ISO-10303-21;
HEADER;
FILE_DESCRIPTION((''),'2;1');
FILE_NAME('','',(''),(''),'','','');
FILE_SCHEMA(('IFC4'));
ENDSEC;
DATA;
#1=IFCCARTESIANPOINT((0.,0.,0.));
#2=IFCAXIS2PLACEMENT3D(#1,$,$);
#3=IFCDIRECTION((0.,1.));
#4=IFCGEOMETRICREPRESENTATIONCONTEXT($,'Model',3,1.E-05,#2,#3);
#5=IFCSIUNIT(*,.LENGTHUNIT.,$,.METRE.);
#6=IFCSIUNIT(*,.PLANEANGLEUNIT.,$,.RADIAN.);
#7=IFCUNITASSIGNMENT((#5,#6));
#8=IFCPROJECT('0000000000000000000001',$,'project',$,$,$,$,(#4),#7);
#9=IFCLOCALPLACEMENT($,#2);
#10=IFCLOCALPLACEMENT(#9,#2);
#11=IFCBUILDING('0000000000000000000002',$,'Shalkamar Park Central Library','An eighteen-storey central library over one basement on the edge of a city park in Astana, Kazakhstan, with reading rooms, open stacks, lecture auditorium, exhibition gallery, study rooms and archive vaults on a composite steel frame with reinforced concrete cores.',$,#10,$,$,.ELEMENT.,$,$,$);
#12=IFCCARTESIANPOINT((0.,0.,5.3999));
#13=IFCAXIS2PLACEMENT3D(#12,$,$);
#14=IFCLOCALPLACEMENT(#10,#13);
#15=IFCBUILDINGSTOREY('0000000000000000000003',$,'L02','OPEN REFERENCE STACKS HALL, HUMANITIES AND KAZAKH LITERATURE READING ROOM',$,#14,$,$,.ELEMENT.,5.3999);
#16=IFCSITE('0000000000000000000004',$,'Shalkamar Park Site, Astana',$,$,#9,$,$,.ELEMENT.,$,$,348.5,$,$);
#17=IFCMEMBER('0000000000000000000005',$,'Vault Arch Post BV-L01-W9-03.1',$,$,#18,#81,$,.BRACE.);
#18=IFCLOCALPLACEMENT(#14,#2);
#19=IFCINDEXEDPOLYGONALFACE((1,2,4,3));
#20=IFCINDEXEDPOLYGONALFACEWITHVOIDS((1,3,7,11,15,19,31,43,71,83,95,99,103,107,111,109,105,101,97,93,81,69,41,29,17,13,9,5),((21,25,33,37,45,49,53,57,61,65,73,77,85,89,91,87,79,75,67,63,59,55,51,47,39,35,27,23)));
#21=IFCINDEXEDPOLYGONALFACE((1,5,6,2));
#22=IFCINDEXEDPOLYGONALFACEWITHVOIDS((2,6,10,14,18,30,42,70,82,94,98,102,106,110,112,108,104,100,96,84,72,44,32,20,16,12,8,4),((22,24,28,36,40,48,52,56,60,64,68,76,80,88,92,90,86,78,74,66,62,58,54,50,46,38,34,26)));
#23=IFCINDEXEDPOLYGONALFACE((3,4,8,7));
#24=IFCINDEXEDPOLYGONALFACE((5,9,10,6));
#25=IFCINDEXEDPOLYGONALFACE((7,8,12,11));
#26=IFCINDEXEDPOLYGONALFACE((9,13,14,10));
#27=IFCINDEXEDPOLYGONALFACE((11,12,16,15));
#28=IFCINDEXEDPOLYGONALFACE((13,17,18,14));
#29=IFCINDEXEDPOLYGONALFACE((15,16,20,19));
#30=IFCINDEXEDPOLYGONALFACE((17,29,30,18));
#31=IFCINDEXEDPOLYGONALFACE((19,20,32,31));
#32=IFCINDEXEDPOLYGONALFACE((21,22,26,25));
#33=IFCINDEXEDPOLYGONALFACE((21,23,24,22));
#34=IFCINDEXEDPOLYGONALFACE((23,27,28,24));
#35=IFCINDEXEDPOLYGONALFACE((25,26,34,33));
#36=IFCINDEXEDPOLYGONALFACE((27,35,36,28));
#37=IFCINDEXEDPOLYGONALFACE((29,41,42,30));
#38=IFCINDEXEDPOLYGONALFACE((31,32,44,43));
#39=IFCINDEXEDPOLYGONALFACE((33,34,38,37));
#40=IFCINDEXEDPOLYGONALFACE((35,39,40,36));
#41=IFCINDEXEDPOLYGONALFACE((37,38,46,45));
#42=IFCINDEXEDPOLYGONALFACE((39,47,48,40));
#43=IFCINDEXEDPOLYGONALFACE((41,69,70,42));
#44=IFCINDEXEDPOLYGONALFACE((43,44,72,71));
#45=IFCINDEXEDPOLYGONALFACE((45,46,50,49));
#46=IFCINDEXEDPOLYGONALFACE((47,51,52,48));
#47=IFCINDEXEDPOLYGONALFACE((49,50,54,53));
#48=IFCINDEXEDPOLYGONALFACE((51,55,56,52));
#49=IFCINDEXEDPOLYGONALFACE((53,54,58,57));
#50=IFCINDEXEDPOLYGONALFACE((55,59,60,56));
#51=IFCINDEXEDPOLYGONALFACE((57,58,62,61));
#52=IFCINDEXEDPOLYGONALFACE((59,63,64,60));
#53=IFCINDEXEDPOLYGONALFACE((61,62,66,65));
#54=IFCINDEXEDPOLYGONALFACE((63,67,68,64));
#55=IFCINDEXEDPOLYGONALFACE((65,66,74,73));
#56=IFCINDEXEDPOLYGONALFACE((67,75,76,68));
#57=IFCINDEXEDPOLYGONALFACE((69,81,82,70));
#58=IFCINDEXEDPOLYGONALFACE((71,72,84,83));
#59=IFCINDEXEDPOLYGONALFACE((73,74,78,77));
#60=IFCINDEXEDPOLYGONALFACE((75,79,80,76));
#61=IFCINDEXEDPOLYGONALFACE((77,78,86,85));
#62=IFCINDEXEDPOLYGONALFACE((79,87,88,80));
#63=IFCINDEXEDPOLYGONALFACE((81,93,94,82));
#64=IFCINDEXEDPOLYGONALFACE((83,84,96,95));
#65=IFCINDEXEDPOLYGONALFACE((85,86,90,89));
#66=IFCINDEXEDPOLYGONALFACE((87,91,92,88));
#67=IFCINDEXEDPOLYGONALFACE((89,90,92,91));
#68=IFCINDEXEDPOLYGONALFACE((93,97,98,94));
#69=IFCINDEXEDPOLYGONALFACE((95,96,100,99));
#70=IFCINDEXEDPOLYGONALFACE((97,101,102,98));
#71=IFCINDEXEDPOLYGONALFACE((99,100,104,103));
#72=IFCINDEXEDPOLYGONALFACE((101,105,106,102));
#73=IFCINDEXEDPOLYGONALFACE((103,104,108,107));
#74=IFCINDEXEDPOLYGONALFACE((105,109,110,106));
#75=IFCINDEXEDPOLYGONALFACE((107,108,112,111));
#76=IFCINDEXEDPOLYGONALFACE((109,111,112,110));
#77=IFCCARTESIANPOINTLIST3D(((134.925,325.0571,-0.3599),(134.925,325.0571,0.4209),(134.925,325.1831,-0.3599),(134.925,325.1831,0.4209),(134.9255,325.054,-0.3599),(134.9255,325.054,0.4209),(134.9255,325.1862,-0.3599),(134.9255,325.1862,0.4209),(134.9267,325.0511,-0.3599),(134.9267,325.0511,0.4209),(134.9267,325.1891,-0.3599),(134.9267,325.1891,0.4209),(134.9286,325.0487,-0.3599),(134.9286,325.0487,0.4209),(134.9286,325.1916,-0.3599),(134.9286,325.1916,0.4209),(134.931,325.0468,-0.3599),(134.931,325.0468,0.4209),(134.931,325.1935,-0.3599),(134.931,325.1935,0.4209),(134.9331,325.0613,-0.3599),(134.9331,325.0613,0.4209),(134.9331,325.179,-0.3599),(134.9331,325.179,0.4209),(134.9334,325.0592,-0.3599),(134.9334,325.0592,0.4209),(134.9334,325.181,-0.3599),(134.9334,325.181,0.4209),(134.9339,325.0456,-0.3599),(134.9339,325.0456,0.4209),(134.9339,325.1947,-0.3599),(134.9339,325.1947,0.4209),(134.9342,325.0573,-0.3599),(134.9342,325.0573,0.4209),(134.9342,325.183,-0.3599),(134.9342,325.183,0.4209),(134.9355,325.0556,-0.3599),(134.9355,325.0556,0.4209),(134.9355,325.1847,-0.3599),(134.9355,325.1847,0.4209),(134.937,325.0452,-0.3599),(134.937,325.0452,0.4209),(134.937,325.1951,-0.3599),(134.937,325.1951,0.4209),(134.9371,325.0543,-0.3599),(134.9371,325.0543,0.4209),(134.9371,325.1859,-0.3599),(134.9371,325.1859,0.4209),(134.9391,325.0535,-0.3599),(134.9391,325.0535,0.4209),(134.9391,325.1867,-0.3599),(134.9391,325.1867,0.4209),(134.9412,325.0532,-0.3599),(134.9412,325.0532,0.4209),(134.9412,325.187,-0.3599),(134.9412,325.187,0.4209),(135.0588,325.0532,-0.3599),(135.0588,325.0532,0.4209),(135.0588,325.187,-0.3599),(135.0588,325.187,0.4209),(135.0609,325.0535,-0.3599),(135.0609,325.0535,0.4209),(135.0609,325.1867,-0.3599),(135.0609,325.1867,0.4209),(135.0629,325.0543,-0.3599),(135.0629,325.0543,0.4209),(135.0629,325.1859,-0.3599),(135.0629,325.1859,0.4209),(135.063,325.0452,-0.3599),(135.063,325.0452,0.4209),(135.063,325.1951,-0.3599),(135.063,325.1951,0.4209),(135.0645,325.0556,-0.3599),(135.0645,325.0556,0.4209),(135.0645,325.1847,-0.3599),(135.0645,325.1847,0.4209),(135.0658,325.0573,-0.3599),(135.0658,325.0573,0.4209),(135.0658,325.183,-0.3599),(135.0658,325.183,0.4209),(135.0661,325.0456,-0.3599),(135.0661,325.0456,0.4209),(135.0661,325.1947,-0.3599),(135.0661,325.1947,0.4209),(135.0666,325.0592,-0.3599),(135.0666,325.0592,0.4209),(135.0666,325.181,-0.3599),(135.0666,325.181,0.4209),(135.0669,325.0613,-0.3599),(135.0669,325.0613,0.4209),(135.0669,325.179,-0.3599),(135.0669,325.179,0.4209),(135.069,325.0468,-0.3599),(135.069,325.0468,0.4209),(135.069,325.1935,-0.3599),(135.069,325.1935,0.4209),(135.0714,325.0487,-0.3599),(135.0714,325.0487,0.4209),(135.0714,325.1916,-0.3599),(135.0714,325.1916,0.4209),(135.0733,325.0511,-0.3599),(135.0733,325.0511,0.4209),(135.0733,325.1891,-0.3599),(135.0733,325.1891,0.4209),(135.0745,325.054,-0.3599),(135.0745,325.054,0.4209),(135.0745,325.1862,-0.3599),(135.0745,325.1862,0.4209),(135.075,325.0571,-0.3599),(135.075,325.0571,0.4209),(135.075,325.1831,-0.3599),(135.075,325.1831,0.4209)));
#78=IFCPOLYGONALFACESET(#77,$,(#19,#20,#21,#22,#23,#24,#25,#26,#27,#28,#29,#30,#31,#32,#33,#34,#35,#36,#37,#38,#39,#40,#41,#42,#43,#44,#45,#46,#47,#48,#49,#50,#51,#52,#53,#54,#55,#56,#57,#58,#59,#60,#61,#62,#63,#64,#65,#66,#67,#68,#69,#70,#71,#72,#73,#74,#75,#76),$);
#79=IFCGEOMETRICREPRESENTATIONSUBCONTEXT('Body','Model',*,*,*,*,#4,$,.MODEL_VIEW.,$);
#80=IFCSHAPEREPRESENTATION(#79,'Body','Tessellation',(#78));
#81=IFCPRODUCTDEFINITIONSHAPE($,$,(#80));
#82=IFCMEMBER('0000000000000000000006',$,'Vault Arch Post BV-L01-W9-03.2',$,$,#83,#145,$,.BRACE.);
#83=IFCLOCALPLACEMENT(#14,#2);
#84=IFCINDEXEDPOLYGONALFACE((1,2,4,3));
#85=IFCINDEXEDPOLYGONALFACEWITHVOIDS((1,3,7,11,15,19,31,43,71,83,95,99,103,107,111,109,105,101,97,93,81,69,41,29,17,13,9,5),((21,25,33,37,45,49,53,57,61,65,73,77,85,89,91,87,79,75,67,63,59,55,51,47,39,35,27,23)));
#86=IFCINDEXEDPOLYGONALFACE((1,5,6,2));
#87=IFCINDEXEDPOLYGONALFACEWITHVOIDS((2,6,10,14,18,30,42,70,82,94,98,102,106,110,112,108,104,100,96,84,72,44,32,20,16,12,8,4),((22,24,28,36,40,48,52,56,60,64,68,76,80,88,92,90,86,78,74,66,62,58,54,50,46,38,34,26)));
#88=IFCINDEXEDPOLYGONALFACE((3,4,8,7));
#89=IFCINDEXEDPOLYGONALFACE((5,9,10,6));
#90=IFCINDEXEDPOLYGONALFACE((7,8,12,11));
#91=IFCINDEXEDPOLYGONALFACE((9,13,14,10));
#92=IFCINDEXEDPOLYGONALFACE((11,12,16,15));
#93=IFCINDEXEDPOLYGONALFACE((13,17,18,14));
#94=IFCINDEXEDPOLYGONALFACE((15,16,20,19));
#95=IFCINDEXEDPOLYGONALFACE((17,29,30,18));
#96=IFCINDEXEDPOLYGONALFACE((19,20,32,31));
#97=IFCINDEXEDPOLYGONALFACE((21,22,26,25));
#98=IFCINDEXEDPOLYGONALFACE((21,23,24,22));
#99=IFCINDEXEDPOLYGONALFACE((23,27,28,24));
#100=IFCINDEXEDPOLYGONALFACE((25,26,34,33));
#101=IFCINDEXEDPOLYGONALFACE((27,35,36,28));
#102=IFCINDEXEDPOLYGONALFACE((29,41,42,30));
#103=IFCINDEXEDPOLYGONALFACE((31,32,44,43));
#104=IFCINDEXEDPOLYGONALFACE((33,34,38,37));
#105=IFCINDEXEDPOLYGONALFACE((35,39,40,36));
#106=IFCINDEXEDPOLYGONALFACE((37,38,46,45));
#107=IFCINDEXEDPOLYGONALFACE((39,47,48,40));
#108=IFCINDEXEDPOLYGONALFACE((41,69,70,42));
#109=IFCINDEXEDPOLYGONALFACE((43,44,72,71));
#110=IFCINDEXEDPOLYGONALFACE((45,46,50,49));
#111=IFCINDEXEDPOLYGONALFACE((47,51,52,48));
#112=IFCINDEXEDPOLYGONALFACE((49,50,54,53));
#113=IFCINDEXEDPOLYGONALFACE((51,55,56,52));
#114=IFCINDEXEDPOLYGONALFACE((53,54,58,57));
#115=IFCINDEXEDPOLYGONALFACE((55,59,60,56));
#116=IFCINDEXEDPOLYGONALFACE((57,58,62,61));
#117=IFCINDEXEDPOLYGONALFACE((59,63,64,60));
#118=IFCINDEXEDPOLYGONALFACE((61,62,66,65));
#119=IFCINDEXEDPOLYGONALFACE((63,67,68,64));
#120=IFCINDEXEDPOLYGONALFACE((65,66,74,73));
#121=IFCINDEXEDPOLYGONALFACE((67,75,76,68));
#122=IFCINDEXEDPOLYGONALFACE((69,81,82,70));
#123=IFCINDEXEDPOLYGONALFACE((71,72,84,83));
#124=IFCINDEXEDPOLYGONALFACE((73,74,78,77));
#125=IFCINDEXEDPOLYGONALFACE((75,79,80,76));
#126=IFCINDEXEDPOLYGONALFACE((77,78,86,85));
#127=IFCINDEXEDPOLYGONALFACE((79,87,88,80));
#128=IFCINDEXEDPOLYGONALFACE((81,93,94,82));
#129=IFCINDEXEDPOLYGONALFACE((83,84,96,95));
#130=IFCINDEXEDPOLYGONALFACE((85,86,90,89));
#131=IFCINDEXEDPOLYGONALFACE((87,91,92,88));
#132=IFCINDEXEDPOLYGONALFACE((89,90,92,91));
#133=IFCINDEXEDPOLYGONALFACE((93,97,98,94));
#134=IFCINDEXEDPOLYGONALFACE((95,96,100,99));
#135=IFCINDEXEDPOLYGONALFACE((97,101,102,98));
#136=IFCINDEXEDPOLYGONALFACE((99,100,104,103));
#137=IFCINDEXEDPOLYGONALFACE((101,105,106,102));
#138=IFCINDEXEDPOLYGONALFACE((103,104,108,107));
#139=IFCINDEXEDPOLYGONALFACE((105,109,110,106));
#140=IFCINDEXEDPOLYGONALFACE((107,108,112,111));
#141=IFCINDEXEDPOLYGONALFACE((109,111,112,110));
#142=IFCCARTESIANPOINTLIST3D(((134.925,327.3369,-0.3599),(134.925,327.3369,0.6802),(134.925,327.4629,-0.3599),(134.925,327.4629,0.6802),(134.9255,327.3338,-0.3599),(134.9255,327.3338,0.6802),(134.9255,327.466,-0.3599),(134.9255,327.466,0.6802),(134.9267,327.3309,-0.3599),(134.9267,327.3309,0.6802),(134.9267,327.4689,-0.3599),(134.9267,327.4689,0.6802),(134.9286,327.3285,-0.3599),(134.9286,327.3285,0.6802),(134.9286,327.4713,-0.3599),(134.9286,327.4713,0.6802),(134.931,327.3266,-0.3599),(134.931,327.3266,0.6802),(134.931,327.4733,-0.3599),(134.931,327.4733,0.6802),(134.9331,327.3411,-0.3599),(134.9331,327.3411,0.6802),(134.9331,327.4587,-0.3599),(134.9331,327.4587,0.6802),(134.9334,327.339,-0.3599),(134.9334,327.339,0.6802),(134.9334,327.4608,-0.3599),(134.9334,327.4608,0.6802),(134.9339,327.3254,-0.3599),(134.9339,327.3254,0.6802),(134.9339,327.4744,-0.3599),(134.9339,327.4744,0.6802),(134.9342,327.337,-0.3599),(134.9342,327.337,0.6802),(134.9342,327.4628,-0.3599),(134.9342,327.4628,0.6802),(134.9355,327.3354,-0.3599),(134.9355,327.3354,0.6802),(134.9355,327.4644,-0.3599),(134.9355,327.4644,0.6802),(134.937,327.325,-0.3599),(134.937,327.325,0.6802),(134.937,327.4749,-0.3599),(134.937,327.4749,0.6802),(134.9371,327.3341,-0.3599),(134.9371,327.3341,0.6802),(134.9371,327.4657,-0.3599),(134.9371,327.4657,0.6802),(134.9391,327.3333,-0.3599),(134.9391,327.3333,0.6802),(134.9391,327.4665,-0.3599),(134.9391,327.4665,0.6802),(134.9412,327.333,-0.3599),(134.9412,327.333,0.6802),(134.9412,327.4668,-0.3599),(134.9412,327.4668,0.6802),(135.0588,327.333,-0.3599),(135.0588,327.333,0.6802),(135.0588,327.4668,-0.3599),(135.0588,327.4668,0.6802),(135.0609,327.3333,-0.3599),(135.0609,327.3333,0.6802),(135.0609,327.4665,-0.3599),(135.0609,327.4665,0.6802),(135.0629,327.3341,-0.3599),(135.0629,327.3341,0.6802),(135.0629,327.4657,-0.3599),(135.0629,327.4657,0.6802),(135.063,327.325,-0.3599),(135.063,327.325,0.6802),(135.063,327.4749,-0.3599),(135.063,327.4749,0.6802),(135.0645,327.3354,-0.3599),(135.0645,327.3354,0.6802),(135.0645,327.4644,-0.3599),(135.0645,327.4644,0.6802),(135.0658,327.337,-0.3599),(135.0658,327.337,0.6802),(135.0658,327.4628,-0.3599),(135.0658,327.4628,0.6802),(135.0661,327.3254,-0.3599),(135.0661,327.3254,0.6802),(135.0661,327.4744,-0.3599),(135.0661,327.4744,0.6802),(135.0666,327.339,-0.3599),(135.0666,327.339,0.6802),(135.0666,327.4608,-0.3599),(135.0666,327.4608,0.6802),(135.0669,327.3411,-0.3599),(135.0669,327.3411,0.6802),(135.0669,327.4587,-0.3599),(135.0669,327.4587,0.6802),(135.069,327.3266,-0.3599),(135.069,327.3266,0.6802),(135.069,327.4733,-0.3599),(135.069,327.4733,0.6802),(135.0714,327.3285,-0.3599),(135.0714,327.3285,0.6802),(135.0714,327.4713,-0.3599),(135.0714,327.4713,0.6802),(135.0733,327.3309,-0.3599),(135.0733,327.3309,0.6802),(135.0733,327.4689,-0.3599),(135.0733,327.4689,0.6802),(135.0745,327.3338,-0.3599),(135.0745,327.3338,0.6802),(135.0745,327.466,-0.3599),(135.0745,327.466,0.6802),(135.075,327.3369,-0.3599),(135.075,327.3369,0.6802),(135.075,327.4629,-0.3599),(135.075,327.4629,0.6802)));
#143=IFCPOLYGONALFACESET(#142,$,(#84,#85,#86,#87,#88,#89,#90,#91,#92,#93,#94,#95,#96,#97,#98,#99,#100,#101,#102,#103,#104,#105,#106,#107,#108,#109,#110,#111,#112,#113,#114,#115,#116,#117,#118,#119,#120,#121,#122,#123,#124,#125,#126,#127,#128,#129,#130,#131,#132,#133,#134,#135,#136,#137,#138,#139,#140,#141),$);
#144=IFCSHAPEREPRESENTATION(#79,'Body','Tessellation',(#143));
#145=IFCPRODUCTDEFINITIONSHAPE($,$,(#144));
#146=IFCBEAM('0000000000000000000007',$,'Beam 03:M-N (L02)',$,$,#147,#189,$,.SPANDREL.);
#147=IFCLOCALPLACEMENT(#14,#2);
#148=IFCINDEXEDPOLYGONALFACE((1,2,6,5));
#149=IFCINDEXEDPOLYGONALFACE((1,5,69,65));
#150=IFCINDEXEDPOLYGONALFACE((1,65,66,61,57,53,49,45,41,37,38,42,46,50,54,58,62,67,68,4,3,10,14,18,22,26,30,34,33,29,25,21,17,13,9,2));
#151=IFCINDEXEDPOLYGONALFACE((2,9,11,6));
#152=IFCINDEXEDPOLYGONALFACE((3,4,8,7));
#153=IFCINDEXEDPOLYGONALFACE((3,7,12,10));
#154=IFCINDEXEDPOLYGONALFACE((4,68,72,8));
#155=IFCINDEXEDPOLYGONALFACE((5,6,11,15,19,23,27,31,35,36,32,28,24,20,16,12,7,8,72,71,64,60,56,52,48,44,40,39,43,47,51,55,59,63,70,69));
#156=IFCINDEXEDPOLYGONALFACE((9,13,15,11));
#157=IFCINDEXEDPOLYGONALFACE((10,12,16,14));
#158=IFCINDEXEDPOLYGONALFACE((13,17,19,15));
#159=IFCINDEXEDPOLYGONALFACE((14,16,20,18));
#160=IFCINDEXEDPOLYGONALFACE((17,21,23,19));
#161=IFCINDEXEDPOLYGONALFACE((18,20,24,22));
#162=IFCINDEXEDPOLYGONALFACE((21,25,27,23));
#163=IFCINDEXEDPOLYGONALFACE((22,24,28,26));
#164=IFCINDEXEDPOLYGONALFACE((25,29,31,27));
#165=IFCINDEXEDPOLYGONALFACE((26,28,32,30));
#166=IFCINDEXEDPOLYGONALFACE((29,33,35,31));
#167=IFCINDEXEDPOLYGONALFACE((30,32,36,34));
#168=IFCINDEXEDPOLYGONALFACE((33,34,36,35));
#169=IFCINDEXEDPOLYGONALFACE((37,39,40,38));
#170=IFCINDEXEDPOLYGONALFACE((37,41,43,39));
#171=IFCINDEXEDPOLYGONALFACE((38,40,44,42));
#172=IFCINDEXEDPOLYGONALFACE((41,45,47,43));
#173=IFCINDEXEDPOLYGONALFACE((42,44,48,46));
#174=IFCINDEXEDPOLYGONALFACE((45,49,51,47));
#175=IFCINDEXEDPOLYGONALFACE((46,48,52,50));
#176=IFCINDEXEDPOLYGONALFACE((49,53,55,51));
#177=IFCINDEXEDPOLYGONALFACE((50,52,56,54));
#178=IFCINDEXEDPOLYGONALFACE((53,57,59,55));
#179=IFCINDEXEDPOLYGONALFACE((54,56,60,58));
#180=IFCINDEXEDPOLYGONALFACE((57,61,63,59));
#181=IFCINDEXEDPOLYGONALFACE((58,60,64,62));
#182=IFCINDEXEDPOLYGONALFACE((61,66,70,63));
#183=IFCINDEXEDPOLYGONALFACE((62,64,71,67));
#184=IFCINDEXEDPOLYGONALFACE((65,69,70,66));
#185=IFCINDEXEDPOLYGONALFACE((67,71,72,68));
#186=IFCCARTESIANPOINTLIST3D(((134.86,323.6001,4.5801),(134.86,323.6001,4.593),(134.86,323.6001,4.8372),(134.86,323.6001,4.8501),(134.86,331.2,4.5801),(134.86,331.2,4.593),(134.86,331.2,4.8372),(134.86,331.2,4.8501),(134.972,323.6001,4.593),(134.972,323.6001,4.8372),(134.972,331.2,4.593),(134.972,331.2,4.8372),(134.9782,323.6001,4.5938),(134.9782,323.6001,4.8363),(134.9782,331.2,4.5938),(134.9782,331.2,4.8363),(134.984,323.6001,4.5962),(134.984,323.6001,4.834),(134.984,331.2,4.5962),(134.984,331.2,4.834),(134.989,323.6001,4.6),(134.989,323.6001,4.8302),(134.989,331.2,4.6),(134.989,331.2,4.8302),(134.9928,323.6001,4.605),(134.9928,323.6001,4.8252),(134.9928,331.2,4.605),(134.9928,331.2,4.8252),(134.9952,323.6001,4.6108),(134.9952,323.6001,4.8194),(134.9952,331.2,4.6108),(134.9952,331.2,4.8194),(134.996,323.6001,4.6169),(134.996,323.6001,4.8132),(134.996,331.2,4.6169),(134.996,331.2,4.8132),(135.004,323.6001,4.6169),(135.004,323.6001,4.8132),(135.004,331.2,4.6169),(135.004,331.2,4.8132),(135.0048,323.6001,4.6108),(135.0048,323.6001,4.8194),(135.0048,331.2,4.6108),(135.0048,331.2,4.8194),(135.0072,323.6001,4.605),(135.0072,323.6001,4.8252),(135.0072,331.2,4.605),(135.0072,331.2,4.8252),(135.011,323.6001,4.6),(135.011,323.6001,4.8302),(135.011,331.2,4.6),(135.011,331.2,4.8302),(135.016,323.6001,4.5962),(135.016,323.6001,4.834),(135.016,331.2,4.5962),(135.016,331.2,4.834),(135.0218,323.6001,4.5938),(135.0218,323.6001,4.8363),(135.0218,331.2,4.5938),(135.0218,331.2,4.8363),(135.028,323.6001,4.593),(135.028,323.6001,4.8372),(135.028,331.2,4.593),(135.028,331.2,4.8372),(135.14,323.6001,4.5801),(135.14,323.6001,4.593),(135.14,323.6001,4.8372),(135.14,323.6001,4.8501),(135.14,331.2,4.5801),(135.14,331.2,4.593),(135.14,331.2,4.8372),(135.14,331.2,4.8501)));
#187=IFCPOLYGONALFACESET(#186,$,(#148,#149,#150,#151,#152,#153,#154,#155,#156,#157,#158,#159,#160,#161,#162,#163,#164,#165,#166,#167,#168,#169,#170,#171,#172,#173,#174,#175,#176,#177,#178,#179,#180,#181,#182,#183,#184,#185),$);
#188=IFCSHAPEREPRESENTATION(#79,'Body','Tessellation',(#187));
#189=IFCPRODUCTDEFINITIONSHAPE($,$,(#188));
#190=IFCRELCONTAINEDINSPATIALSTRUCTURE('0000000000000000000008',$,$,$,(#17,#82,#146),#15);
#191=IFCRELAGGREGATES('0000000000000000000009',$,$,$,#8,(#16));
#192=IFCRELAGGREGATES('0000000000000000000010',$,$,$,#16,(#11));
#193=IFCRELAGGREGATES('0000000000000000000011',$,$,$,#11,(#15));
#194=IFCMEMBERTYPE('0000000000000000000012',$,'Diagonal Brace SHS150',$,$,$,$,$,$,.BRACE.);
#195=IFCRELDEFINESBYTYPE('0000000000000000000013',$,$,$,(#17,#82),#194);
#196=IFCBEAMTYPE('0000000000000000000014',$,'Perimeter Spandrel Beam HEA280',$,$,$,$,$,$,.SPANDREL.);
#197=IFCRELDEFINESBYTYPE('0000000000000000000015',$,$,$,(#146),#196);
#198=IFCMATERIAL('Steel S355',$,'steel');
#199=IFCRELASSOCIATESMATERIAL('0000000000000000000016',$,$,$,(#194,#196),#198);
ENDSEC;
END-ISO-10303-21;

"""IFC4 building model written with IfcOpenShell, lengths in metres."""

from ifc_helpers import new_model, si_unit, direction, frame, origin, origin_2d, place, context, subcontext, project, spatial, hollow_rectangle, i_section, extrude, material, material_profile, profile_set, type_object, element, save


model = new_model("IFC4")

# Units and contexts
model_context = context("Model", 3, precision=1e-05, world=origin(), true_north=direction((0.0, 1.0)))
body_context = subcontext(model_context, "Body", "Model", "MODEL_VIEW")
ifc_project = project(units=[si_unit("LENGTHUNIT", "METRE"), si_unit("PLANEANGLEUNIT", "RADIAN")], contexts=[model_context])

# Site, building, storey
site_placement = place(None, origin())
site = spatial("IfcSite", under=ifc_project, at=site_placement, Name="Shalkamar Park Site, Astana", CompositionType="ELEMENT", RefElevation=348.5)
building_placement = place(site_placement, origin())
building = spatial("IfcBuilding", under=site, at=building_placement, Name="Shalkamar Park Central Library", Description="An eighteen-storey central library over one basement on the edge of a city park in Astana, Kazakhstan, with reading rooms, open stacks, lecture auditorium, exhibition gallery, study rooms and archive vaults on a composite steel frame with reinforced concrete cores.", CompositionType="ELEMENT")
storey_placement = place(building_placement, frame((0.0, 0.0, 5.3999)))
storey = spatial("IfcBuildingStorey", under=building, at=storey_placement, Name="L02", Description="OPEN REFERENCE STACKS HALL, HUMANITIES AND KAZAKH LITERATURE READING ROOM", CompositionType="ELEMENT", Elevation=5.3999)

# Shared definitions
ifc_material_1 = material(Name="Steel S355", Category="steel")

# Members
ifc_material_profile_1 = material_profile(ifc_material_1, hollow_rectangle(XDim=0.1499, YDim=0.1499, WallThickness=0.0081, InnerFilletRadius=0.0081, OuterFilletRadius=0.012, at=origin_2d()), Name="SHS 150x150x8")
ifc_profile_set_1 = profile_set([ifc_material_profile_1], Name="Steel S355")
member_type_1 = type_object("IfcMemberType", Name="Diagonal Brace SHS150", PredefinedType="BRACE", material=ifc_profile_set_1)
for number, where, z_axis, x_axis, name in (
    (1, (135.0, 325.1201, -0.3599), (0.0, 0.0, 1.0), (1.0, 0.0, 0.0), "Vault Arch Post BV-L01-W9-03.1"),
):
    element("IfcMember", number, at=place(storey_placement, frame(where, z_axis=z_axis, x_axis=x_axis)), inside=storey, type_object=member_type_1, Name=name, PredefinedType="BRACE", context=body_context, shape_type="SweptSolid", body=[
        extrude(hollow_rectangle(XDim=0.1499, YDim=0.1499, WallThickness=0.0081, InnerFilletRadius=0.0081, OuterFilletRadius=0.012, at=origin_2d()), origin(), (0.0, 0.0, 1.0), 0.7808),
    ])
member_1_placement = place(storey_placement, frame((135.0, 327.3999, -0.3599), z_axis=(0.0, 0.0, 1.0), x_axis=(1.0, 0.0, 0.0)))
element("IfcMember", 2, at=member_1_placement, inside=storey, type_object=member_type_1, Name="Vault Arch Post BV-L01-W9-03.2", PredefinedType="BRACE", context=body_context, shape_type="SweptSolid", body=[
    extrude(hollow_rectangle(XDim=0.1499, YDim=0.1499, WallThickness=0.0081, InnerFilletRadius=0.0081, OuterFilletRadius=0.012, at=origin_2d()), origin(), (0.0, 0.0, 1.0), 1.04),
])

# Beam
ifc_material_profile_2 = material_profile(ifc_material_1, i_section(OverallWidth=0.28, OverallDepth=0.27, WebThickness=0.0081, FlangeThickness=0.0129, FilletRadius=0.0239, at=origin_2d()), Name="HEA 280")
ifc_profile_set_2 = profile_set([ifc_material_profile_2], Name="Steel S355")
beam_type_1 = type_object("IfcBeamType", Name="Perimeter Spandrel Beam HEA280", PredefinedType="SPANDREL", material=ifc_profile_set_2)
beam_1_placement = place(storey_placement, frame((135.0, 323.6001, 4.7151), z_axis=(0.0, 1.0, 0.0), x_axis=(-1.0, 0.0, 0.0)))
element("IfcBeam", 3, at=beam_1_placement, inside=storey, type_object=beam_type_1, Name="Beam 03:M-N (L02)", PredefinedType="SPANDREL", context=body_context, shape_type="SweptSolid", body=[
    extrude(i_section(OverallWidth=0.28, OverallDepth=0.27, WebThickness=0.0081, FlangeThickness=0.0129, FilletRadius=0.0239, at=origin_2d()), origin(), (0.0, 0.0, 1.0), 7.5999),
])

save(model, "model.ifc")
